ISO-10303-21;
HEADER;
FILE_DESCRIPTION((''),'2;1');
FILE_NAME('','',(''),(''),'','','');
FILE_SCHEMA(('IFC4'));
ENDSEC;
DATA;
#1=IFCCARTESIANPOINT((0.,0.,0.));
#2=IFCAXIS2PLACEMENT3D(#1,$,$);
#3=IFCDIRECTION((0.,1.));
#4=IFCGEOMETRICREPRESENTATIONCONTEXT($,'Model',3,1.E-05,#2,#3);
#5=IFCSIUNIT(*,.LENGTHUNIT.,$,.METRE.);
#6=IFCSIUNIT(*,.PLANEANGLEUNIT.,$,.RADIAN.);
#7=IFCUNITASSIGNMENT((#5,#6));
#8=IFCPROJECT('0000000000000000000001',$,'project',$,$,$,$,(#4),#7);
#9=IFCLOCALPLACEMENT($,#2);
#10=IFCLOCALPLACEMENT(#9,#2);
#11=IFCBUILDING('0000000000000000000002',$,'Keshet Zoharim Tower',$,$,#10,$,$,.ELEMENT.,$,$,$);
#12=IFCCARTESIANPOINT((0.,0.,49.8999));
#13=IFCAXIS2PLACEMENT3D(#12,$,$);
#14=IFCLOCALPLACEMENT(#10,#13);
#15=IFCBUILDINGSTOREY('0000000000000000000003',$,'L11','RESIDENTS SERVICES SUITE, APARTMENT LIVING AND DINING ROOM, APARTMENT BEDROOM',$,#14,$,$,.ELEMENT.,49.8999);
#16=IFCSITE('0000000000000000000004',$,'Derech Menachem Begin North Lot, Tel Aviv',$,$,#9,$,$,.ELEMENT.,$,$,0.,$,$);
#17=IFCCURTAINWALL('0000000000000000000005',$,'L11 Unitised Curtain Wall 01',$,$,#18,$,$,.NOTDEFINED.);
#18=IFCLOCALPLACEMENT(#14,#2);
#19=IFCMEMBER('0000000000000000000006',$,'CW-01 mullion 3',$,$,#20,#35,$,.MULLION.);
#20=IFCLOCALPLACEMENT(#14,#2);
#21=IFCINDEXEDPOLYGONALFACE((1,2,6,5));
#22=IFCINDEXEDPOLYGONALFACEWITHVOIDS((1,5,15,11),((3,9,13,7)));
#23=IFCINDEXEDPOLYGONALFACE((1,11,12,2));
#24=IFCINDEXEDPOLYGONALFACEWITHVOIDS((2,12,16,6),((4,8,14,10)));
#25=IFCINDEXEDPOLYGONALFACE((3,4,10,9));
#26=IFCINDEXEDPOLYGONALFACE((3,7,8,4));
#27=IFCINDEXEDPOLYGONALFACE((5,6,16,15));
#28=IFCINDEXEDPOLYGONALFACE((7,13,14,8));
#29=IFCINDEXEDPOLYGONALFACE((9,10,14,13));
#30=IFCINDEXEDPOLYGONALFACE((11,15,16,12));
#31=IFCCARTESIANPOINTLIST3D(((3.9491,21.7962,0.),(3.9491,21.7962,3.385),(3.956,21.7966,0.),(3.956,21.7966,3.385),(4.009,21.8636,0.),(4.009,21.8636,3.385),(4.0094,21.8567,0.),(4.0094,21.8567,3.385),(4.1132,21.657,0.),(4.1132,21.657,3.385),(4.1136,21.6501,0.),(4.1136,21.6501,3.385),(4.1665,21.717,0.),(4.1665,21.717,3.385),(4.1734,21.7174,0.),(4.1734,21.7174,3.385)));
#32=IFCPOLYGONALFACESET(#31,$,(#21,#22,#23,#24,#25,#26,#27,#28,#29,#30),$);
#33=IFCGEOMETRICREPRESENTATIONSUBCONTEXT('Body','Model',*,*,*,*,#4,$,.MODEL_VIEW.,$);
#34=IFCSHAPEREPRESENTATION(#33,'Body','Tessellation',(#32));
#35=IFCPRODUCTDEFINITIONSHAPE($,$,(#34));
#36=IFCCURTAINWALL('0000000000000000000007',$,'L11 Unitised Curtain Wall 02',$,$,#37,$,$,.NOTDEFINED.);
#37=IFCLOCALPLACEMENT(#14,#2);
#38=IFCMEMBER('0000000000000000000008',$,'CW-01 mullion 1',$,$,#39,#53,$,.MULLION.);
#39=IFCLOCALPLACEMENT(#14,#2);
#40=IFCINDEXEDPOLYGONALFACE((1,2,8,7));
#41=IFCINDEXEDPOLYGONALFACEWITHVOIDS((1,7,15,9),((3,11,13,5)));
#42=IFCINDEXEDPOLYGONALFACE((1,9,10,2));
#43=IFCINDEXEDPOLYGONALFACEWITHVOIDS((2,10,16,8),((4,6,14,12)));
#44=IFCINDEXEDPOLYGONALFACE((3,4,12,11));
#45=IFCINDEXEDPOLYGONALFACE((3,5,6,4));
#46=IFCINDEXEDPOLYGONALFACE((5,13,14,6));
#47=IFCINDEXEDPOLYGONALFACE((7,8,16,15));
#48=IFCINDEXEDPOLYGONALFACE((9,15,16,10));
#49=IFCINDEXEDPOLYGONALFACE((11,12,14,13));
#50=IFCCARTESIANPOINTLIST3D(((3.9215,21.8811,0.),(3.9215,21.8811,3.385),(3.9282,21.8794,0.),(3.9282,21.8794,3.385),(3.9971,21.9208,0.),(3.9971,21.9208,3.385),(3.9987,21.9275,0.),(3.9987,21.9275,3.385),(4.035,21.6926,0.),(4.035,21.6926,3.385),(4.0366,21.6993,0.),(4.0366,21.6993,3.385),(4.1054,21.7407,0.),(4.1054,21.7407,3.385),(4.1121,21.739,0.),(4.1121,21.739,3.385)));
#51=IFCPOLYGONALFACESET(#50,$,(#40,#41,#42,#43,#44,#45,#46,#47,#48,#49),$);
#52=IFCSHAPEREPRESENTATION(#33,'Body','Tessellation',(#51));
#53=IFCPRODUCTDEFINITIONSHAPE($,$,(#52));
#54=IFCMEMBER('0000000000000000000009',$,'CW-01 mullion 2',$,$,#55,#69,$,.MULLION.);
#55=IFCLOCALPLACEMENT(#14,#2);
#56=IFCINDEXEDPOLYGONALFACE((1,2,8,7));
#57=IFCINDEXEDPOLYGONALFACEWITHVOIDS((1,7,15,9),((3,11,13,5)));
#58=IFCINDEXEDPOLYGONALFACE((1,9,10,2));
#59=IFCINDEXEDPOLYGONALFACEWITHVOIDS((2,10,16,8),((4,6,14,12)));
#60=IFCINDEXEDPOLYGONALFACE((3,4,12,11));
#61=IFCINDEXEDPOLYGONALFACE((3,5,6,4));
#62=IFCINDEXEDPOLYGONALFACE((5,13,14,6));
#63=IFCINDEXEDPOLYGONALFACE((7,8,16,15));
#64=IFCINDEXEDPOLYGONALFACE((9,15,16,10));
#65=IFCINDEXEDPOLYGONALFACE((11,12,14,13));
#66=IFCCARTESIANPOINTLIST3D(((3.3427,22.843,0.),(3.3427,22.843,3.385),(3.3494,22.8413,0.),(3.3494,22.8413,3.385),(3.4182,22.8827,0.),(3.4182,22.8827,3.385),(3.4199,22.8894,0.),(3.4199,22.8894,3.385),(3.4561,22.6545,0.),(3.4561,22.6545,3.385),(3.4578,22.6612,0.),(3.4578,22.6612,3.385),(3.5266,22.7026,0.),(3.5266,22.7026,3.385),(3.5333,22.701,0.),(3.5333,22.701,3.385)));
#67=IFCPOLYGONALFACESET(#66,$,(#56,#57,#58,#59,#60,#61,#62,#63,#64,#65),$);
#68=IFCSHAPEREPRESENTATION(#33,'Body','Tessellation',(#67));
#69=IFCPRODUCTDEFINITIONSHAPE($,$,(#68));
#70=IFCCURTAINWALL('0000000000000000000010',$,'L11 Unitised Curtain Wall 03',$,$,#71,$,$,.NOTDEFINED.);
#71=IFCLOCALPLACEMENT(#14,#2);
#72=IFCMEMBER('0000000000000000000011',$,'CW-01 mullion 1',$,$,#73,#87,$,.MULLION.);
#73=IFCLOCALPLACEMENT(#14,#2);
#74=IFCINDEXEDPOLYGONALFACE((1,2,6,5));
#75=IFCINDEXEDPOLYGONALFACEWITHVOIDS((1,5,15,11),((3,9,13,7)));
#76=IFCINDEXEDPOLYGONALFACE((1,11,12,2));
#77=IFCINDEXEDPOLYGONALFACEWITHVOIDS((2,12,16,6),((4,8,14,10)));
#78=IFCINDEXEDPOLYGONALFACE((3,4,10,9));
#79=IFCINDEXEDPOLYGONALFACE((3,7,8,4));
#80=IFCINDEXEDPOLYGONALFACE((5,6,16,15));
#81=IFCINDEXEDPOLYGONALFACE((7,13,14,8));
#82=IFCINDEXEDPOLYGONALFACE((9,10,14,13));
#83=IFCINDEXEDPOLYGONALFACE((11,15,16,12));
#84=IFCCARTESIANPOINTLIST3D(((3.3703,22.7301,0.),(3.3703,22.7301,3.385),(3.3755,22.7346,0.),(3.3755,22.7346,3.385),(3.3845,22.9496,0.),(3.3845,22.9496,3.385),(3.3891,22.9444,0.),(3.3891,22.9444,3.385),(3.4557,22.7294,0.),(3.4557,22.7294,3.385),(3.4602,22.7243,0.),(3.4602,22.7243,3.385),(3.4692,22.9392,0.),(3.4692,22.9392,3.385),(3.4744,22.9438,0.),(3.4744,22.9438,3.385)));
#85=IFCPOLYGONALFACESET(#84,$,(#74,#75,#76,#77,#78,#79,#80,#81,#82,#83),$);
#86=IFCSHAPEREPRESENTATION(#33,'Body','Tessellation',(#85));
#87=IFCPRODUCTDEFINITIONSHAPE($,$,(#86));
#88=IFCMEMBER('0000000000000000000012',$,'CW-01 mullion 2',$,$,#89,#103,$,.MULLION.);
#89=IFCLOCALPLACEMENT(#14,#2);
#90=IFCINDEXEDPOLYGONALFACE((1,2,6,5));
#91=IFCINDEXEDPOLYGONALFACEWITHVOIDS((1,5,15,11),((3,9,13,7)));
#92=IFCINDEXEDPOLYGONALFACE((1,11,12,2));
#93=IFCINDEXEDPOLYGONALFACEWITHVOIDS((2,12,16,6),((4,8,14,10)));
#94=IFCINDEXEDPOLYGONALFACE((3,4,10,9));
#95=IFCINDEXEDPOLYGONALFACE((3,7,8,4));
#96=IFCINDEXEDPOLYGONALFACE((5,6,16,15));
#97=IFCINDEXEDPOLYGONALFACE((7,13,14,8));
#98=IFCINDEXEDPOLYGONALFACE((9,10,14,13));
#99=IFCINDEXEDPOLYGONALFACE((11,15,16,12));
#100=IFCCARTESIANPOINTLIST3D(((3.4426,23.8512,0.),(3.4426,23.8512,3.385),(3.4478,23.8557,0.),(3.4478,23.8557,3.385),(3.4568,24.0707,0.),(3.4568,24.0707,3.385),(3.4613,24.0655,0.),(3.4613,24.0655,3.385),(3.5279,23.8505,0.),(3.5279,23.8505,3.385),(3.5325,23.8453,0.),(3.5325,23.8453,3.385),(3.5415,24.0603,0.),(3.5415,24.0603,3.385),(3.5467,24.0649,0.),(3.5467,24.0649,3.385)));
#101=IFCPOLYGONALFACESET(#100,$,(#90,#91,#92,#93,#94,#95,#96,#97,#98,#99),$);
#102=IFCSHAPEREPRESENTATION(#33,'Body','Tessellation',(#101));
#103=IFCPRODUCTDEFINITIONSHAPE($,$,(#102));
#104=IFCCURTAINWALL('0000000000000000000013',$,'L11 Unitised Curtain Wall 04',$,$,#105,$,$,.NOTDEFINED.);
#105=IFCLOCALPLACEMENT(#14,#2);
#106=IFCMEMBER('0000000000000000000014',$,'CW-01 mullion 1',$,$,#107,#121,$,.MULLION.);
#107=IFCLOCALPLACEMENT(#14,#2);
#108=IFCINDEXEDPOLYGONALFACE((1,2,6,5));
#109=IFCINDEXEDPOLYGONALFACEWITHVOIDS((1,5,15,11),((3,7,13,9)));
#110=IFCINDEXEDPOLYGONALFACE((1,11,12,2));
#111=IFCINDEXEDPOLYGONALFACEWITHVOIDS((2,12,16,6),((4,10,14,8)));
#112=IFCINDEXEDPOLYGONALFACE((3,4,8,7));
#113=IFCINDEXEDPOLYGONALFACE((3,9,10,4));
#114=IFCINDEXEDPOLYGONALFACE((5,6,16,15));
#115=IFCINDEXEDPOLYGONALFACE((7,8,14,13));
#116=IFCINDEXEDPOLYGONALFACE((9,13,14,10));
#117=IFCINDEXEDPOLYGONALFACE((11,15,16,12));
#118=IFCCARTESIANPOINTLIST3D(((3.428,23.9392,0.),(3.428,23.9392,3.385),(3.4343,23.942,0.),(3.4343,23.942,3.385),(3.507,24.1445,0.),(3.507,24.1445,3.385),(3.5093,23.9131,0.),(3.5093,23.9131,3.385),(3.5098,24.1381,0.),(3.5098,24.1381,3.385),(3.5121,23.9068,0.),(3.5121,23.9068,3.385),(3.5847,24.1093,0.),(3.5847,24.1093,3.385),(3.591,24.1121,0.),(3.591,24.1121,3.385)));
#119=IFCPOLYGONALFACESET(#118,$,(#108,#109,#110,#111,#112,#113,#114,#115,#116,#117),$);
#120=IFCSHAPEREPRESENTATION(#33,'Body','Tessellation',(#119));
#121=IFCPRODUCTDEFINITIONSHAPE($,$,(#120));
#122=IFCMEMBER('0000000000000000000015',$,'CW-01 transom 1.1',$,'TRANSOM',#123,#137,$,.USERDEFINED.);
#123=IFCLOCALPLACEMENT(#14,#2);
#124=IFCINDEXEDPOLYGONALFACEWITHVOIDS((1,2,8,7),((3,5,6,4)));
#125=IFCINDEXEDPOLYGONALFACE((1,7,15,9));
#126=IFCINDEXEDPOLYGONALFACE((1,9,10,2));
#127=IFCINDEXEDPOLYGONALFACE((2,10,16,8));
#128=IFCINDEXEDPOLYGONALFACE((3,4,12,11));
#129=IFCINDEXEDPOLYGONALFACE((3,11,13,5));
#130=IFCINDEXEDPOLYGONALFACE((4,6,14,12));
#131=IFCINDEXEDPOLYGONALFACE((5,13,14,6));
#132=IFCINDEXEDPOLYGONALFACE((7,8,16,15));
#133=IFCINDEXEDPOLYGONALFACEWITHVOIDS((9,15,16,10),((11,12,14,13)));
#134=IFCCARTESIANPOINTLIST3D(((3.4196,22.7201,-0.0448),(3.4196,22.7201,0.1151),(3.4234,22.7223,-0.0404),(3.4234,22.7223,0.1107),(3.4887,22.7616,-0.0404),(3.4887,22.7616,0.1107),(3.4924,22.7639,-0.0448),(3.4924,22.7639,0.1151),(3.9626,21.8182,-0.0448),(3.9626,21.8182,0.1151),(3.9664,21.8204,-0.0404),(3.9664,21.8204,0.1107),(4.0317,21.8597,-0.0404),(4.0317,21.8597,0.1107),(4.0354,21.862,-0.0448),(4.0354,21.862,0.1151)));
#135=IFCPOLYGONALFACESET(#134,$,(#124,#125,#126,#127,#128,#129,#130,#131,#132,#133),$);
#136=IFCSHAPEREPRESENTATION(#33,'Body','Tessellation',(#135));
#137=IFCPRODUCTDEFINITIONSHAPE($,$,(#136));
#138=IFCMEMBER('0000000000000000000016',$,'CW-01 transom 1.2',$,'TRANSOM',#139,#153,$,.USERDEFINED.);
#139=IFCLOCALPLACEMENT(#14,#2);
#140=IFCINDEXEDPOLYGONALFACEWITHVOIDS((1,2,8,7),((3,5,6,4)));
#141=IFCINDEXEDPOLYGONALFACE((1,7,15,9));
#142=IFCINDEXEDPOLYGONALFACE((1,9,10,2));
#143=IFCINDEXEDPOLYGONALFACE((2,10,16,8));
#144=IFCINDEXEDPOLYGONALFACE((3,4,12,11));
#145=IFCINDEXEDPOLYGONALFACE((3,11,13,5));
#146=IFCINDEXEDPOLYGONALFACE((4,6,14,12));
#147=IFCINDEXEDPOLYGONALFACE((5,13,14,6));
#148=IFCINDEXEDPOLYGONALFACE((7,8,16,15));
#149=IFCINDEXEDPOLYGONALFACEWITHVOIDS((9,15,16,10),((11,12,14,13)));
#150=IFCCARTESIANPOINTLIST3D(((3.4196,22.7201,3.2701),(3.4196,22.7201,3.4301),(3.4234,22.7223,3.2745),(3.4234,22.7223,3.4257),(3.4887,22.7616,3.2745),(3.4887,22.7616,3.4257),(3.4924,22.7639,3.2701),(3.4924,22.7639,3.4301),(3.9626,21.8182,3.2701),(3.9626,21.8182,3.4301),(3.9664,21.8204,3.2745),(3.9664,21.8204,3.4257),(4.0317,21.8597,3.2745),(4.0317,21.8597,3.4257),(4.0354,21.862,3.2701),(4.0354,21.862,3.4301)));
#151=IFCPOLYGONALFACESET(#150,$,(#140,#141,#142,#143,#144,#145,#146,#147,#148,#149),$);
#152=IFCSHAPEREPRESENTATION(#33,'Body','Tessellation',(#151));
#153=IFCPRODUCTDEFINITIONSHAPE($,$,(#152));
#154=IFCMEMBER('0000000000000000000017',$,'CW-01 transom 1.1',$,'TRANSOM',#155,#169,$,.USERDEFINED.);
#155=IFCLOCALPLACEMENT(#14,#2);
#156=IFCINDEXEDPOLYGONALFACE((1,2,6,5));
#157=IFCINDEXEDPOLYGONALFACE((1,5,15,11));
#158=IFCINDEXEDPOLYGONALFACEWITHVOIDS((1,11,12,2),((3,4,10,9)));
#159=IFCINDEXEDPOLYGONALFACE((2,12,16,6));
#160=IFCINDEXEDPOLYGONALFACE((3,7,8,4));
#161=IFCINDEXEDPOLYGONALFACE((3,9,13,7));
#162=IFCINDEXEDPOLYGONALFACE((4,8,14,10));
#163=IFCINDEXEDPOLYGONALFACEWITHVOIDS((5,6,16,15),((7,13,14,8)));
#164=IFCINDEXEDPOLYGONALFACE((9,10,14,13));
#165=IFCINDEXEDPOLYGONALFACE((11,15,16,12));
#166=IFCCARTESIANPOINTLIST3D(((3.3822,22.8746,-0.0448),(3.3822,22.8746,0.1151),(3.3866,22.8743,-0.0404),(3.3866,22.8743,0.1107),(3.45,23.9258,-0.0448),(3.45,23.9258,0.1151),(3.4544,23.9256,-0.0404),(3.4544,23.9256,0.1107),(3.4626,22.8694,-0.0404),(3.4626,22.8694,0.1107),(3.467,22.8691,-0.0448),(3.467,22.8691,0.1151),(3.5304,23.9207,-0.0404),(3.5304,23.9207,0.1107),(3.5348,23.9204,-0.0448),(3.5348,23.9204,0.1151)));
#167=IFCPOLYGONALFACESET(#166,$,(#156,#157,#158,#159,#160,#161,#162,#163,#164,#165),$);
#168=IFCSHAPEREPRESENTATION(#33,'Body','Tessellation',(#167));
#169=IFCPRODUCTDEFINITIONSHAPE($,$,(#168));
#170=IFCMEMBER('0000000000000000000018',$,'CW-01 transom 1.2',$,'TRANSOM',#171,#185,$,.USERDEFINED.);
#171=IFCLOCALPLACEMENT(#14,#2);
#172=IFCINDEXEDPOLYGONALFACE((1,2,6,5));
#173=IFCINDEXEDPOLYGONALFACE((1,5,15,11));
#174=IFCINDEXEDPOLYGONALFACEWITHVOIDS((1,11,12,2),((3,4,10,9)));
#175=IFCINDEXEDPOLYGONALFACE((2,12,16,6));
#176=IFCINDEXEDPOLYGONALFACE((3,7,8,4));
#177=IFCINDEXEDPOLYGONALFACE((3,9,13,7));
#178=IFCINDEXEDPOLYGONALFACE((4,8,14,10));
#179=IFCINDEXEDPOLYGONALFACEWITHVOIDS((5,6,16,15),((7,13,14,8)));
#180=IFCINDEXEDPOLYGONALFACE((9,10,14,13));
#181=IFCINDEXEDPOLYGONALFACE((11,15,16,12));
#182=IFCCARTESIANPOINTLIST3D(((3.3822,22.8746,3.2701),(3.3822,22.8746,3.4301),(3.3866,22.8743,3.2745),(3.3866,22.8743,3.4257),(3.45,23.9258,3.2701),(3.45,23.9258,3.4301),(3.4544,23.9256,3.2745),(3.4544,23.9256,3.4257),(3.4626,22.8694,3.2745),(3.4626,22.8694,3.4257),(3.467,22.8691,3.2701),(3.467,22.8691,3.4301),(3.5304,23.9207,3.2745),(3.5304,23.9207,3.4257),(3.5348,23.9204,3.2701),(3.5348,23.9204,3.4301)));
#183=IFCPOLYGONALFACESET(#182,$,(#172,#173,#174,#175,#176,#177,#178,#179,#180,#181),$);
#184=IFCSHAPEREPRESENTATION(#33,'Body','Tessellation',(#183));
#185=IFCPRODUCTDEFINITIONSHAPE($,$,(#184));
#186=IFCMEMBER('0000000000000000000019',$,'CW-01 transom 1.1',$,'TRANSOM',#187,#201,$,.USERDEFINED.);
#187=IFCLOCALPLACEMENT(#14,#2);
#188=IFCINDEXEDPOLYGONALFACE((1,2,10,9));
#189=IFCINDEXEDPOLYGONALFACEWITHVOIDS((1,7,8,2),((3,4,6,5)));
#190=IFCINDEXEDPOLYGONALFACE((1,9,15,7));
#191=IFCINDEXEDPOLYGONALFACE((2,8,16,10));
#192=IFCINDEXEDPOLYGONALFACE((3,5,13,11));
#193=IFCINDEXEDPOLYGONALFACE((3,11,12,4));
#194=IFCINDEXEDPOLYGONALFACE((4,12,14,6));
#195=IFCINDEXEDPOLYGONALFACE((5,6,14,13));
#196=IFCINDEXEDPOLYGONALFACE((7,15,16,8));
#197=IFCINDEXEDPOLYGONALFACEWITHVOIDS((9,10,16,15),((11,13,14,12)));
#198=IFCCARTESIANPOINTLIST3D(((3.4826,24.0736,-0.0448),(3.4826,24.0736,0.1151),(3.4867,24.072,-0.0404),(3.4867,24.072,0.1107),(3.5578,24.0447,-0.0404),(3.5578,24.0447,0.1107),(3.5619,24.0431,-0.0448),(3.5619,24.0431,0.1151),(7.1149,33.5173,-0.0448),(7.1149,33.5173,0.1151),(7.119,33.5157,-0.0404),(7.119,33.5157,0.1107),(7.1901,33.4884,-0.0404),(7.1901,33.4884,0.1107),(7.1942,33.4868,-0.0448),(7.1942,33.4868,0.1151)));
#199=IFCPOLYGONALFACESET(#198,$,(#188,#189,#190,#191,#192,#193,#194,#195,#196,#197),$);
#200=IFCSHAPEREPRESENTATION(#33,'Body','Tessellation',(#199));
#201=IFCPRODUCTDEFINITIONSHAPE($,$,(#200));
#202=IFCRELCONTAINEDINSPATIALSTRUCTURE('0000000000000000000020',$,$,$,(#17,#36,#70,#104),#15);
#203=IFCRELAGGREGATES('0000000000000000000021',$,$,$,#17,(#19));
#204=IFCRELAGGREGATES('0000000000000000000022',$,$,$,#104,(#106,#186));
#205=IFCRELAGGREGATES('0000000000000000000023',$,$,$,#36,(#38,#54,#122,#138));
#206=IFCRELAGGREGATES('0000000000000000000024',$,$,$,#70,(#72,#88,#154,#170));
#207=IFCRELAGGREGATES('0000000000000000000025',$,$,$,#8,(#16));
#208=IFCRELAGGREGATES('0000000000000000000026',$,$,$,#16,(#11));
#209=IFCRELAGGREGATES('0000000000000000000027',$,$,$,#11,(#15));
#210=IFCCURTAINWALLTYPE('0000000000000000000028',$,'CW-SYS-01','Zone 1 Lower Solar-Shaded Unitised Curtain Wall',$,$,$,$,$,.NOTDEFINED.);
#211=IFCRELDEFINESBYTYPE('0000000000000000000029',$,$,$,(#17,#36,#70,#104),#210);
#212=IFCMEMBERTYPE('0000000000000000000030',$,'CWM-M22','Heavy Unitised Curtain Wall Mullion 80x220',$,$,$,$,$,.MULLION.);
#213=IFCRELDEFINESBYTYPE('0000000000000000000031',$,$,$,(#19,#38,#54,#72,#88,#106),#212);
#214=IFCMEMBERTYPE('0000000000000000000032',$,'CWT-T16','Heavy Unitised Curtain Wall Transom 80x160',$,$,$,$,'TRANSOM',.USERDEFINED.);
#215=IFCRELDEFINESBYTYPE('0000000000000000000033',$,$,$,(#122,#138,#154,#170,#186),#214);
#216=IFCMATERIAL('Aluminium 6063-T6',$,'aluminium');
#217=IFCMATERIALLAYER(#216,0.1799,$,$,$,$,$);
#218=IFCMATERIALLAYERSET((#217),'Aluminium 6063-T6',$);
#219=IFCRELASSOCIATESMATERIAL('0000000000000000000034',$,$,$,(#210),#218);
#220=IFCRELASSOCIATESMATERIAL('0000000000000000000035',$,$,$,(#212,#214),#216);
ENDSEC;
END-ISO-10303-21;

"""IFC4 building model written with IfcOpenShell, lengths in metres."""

from ifc_helpers import new_model, si_unit, direction, frame, origin, origin_2d, place, context, subcontext, project, spatial, hollow_rectangle, extrude, material, layer, layer_set, material_profile, profile_set, type_object, element, aggregate, save


model = new_model("IFC4")

# Units and contexts
model_context = context("Model", 3, precision=1e-05, world=origin(), true_north=direction((0.0, 1.0)))
body_context = subcontext(model_context, "Body", "Model", "MODEL_VIEW")
ifc_project = project(units=[si_unit("LENGTHUNIT", "METRE"), si_unit("PLANEANGLEUNIT", "RADIAN")], contexts=[model_context])

# Site, building, storey
site_placement = place(None, origin())
site = spatial("IfcSite", under=ifc_project, at=site_placement, Name="Derech Menachem Begin North Lot, Tel Aviv", CompositionType="ELEMENT", RefElevation=0.0)
building_placement = place(site_placement, origin())
building = spatial("IfcBuilding", under=site, at=building_placement, Name="Keshet Zoharim Tower", CompositionType="ELEMENT")
storey_placement = place(building_placement, frame((0.0, 0.0, 49.8999)))
storey = spatial("IfcBuildingStorey", under=building, at=storey_placement, Name="L11", Description="RESIDENTS SERVICES SUITE, APARTMENT LIVING AND DINING ROOM, APARTMENT BEDROOM", CompositionType="ELEMENT", Elevation=49.8999)

# Curtain wall, member
ifc_material_1 = material(Name="Aluminium 6063-T6", Category="aluminium")
ifc_layer_1 = layer(ifc_material_1, 0.1799)
ifc_layer_set_1 = layer_set([ifc_layer_1], Name="Aluminium 6063-T6")
curtain_wall_type = type_object("IfcCurtainWallType", Name="CW-SYS-01", Description="Zone 1 Lower Solar-Shaded Unitised Curtain Wall", PredefinedType="NOTDEFINED", material=ifc_layer_set_1)
curtain_wall_1_placement = place(storey_placement, origin())
curtain_wall_1 = element("IfcCurtainWall", 1, at=curtain_wall_1_placement, inside=storey, type_object=curtain_wall_type, Name="L11 Unitised Curtain Wall 01", PredefinedType="NOTDEFINED")
ifc_material_profile_1 = material_profile(ifc_material_1, hollow_rectangle(XDim=0.0901, YDim=0.22, WallThickness=0.0049, at=origin_2d()), Name="MUL-90x220")
ifc_profile_set_1 = profile_set([ifc_material_profile_1], Name="Aluminium 6063-T6")
member_type_1 = type_object("IfcMemberType", Name="CWM-M22", Description="Heavy Unitised Curtain Wall Mullion 80x220", PredefinedType="MULLION", material=ifc_profile_set_1)
member_1_placement = place(storey_placement, frame((4.0613, 21.7568, 0.0), z_axis=(0.0, 0.0, 1.0), x_axis=(-0.664364, -0.747409, 0.0)))
member_1 = element("IfcMember", 2, at=member_1_placement, type_object=member_type_1, Name="CW-01 mullion 3", PredefinedType="MULLION", context=body_context, shape_type="SweptSolid", body=[
    extrude(hollow_rectangle(XDim=0.0901, YDim=0.22, WallThickness=0.0049, at=origin_2d()), origin(), (0.0, 0.0, 1.0), 3.385),
])
aggregate(curtain_wall_1, [member_1])

# Curtain walls, members
curtain_wall_2_placement = place(storey_placement, origin())
curtain_wall_2 = element("IfcCurtainWall", 3, at=curtain_wall_2_placement, inside=storey, type_object=curtain_wall_type, Name="L11 Unitised Curtain Wall 02", PredefinedType="NOTDEFINED")
member_2_placement = place(storey_placement, frame((4.0168, 21.8101, 0.0), z_axis=(0.0, 0.0, 1.0), x_axis=(-0.856826, -0.515605, 0.0)))
member_2 = element("IfcMember", 4, at=member_2_placement, type_object=member_type_1, Name="CW-01 mullion 1", PredefinedType="MULLION", context=body_context, shape_type="SweptSolid", body=[
    extrude(hollow_rectangle(XDim=0.0901, YDim=0.22, WallThickness=0.0049, at=origin_2d()), origin(), (0.0, 0.0, 1.0), 3.385),
])
member_3_placement = place(storey_placement, frame((3.438, 22.772, 0.0), z_axis=(0.0, 0.0, 1.0), x_axis=(-0.856826, -0.515605, 0.0)))
member_3 = element("IfcMember", 5, at=member_3_placement, type_object=member_type_1, Name="CW-01 mullion 2", PredefinedType="MULLION", context=body_context, shape_type="SweptSolid", body=[
    extrude(hollow_rectangle(XDim=0.0901, YDim=0.22, WallThickness=0.0049, at=origin_2d()), origin(), (0.0, 0.0, 1.0), 3.385),
])
curtain_wall_3_placement = place(storey_placement, origin())
curtain_wall_3 = element("IfcCurtainWall", 6, at=curtain_wall_3_placement, inside=storey, type_object=curtain_wall_type, Name="L11 Unitised Curtain Wall 03", PredefinedType="NOTDEFINED")
member_4_placement = place(storey_placement, frame((3.4224, 22.8369, 0.0), z_axis=(0.0, 0.0, 1.0), x_axis=(-0.997917, 0.064517, 0.0)))
member_4 = element("IfcMember", 7, at=member_4_placement, type_object=member_type_1, Name="CW-01 mullion 1", PredefinedType="MULLION", context=body_context, shape_type="SweptSolid", body=[
    extrude(hollow_rectangle(XDim=0.0901, YDim=0.22, WallThickness=0.0049, at=origin_2d()), origin(), (0.0, 0.0, 1.0), 3.385),
])
member_5_placement = place(storey_placement, frame((3.4946, 23.958, 0.0), z_axis=(0.0, 0.0, 1.0), x_axis=(-0.997917, 0.064517, 0.0)))
member_5 = element("IfcMember", 8, at=member_5_placement, type_object=member_type_1, Name="CW-01 mullion 2", PredefinedType="MULLION", context=body_context, shape_type="SweptSolid", body=[
    extrude(hollow_rectangle(XDim=0.0901, YDim=0.22, WallThickness=0.0049, at=origin_2d()), origin(), (0.0, 0.0, 1.0), 3.385),
])

# Curtain wall, member
curtain_wall_4_placement = place(storey_placement, origin())
curtain_wall_4 = element("IfcCurtainWall", 9, at=curtain_wall_4_placement, inside=storey, type_object=curtain_wall_type, Name="L11 Unitised Curtain Wall 04", PredefinedType="NOTDEFINED")
member_6_placement = place(storey_placement, frame((3.5095, 24.0256, 0.0), z_axis=(0.0, 0.0, 1.0), x_axis=(-0.933341, 0.35899, 0.0)))
member_6 = element("IfcMember", 10, at=member_6_placement, type_object=member_type_1, Name="CW-01 mullion 1", PredefinedType="MULLION", context=body_context, shape_type="SweptSolid", body=[
    extrude(hollow_rectangle(XDim=0.0901, YDim=0.22, WallThickness=0.0049, at=origin_2d()), origin(), (0.0, 0.0, 1.0), 3.385),
])

# Members
ifc_material_profile_2 = material_profile(ifc_material_1, hollow_rectangle(XDim=0.085, YDim=0.1599, WallThickness=0.0044, at=origin_2d()), Name="TRN-85x160")
ifc_profile_set_2 = profile_set([ifc_material_profile_2], Name="Aluminium 6063-T6")
member_type_2 = type_object("IfcMemberType", Name="CWT-T16", Description="Heavy Unitised Curtain Wall Transom 80x160", ElementType="TRANSOM", PredefinedType="USERDEFINED", material=ifc_profile_set_2)
member_7_placement = place(storey_placement, frame((3.999, 21.8401, 0.0352), z_axis=(-0.515791, 0.856714, 0.0), x_axis=(-0.856714, -0.515791, 0.0)))
member_7 = element("IfcMember", 11, at=member_7_placement, type_object=member_type_2, Name="CW-01 transom 1.1", ObjectType="TRANSOM", PredefinedType="USERDEFINED", context=body_context, shape_type="SweptSolid", body=[
    extrude(hollow_rectangle(XDim=0.085, YDim=0.1599, WallThickness=0.0044, at=origin_2d()), origin(), (0.0, 0.0, 1.0), 1.0527),
])
member_8_placement = place(storey_placement, frame((3.999, 21.8401, 3.3501), z_axis=(-0.515791, 0.856714, 0.0), x_axis=(-0.856714, -0.515791, 0.0)))
member_8 = element("IfcMember", 12, at=member_8_placement, type_object=member_type_2, Name="CW-01 transom 1.2", ObjectType="TRANSOM", PredefinedType="USERDEFINED", context=body_context, shape_type="SweptSolid", body=[
    extrude(hollow_rectangle(XDim=0.085, YDim=0.1599, WallThickness=0.0044, at=origin_2d()), origin(), (0.0, 0.0, 1.0), 1.0527),
])
member_9_placement = place(storey_placement, frame((3.4246, 22.8718, 0.0352), z_axis=(0.064427, 0.997922, 0.0), x_axis=(-0.997922, 0.064427, 0.0)))
member_9 = element("IfcMember", 13, at=member_9_placement, type_object=member_type_2, Name="CW-01 transom 1.1", ObjectType="TRANSOM", PredefinedType="USERDEFINED", context=body_context, shape_type="SweptSolid", body=[
    extrude(hollow_rectangle(XDim=0.085, YDim=0.1599, WallThickness=0.0044, at=origin_2d()), origin(), (0.0, 0.0, 1.0), 1.0535),
])
member_10_placement = place(storey_placement, frame((3.4246, 22.8718, 3.3501), z_axis=(0.064427, 0.997922, 0.0), x_axis=(-0.997922, 0.064427, 0.0)))
member_10 = element("IfcMember", 14, at=member_10_placement, type_object=member_type_2, Name="CW-01 transom 1.2", ObjectType="TRANSOM", PredefinedType="USERDEFINED", context=body_context, shape_type="SweptSolid", body=[
    extrude(hollow_rectangle(XDim=0.085, YDim=0.1599, WallThickness=0.0044, at=origin_2d()), origin(), (0.0, 0.0, 1.0), 1.0535),
])
member_11_placement = place(storey_placement, frame((3.5222, 24.0583, 0.0352), z_axis=(0.358994, 0.93334, 0.0), x_axis=(-0.93334, 0.358994, 0.0)))
member_11 = element("IfcMember", 15, at=member_11_placement, type_object=member_type_2, Name="CW-01 transom 1.1", ObjectType="TRANSOM", PredefinedType="USERDEFINED", context=body_context, shape_type="SweptSolid", body=[
    extrude(hollow_rectangle(XDim=0.085, YDim=0.1599, WallThickness=0.0044, at=origin_2d()), origin(), (0.0, 0.0, 1.0), 10.1182),
])
aggregate(curtain_wall_4, [member_6, member_11])

aggregate(curtain_wall_2, [member_2, member_3, member_7, member_8])
aggregate(curtain_wall_3, [member_4, member_5, member_9, member_10])

save(model, "model.ifc")
